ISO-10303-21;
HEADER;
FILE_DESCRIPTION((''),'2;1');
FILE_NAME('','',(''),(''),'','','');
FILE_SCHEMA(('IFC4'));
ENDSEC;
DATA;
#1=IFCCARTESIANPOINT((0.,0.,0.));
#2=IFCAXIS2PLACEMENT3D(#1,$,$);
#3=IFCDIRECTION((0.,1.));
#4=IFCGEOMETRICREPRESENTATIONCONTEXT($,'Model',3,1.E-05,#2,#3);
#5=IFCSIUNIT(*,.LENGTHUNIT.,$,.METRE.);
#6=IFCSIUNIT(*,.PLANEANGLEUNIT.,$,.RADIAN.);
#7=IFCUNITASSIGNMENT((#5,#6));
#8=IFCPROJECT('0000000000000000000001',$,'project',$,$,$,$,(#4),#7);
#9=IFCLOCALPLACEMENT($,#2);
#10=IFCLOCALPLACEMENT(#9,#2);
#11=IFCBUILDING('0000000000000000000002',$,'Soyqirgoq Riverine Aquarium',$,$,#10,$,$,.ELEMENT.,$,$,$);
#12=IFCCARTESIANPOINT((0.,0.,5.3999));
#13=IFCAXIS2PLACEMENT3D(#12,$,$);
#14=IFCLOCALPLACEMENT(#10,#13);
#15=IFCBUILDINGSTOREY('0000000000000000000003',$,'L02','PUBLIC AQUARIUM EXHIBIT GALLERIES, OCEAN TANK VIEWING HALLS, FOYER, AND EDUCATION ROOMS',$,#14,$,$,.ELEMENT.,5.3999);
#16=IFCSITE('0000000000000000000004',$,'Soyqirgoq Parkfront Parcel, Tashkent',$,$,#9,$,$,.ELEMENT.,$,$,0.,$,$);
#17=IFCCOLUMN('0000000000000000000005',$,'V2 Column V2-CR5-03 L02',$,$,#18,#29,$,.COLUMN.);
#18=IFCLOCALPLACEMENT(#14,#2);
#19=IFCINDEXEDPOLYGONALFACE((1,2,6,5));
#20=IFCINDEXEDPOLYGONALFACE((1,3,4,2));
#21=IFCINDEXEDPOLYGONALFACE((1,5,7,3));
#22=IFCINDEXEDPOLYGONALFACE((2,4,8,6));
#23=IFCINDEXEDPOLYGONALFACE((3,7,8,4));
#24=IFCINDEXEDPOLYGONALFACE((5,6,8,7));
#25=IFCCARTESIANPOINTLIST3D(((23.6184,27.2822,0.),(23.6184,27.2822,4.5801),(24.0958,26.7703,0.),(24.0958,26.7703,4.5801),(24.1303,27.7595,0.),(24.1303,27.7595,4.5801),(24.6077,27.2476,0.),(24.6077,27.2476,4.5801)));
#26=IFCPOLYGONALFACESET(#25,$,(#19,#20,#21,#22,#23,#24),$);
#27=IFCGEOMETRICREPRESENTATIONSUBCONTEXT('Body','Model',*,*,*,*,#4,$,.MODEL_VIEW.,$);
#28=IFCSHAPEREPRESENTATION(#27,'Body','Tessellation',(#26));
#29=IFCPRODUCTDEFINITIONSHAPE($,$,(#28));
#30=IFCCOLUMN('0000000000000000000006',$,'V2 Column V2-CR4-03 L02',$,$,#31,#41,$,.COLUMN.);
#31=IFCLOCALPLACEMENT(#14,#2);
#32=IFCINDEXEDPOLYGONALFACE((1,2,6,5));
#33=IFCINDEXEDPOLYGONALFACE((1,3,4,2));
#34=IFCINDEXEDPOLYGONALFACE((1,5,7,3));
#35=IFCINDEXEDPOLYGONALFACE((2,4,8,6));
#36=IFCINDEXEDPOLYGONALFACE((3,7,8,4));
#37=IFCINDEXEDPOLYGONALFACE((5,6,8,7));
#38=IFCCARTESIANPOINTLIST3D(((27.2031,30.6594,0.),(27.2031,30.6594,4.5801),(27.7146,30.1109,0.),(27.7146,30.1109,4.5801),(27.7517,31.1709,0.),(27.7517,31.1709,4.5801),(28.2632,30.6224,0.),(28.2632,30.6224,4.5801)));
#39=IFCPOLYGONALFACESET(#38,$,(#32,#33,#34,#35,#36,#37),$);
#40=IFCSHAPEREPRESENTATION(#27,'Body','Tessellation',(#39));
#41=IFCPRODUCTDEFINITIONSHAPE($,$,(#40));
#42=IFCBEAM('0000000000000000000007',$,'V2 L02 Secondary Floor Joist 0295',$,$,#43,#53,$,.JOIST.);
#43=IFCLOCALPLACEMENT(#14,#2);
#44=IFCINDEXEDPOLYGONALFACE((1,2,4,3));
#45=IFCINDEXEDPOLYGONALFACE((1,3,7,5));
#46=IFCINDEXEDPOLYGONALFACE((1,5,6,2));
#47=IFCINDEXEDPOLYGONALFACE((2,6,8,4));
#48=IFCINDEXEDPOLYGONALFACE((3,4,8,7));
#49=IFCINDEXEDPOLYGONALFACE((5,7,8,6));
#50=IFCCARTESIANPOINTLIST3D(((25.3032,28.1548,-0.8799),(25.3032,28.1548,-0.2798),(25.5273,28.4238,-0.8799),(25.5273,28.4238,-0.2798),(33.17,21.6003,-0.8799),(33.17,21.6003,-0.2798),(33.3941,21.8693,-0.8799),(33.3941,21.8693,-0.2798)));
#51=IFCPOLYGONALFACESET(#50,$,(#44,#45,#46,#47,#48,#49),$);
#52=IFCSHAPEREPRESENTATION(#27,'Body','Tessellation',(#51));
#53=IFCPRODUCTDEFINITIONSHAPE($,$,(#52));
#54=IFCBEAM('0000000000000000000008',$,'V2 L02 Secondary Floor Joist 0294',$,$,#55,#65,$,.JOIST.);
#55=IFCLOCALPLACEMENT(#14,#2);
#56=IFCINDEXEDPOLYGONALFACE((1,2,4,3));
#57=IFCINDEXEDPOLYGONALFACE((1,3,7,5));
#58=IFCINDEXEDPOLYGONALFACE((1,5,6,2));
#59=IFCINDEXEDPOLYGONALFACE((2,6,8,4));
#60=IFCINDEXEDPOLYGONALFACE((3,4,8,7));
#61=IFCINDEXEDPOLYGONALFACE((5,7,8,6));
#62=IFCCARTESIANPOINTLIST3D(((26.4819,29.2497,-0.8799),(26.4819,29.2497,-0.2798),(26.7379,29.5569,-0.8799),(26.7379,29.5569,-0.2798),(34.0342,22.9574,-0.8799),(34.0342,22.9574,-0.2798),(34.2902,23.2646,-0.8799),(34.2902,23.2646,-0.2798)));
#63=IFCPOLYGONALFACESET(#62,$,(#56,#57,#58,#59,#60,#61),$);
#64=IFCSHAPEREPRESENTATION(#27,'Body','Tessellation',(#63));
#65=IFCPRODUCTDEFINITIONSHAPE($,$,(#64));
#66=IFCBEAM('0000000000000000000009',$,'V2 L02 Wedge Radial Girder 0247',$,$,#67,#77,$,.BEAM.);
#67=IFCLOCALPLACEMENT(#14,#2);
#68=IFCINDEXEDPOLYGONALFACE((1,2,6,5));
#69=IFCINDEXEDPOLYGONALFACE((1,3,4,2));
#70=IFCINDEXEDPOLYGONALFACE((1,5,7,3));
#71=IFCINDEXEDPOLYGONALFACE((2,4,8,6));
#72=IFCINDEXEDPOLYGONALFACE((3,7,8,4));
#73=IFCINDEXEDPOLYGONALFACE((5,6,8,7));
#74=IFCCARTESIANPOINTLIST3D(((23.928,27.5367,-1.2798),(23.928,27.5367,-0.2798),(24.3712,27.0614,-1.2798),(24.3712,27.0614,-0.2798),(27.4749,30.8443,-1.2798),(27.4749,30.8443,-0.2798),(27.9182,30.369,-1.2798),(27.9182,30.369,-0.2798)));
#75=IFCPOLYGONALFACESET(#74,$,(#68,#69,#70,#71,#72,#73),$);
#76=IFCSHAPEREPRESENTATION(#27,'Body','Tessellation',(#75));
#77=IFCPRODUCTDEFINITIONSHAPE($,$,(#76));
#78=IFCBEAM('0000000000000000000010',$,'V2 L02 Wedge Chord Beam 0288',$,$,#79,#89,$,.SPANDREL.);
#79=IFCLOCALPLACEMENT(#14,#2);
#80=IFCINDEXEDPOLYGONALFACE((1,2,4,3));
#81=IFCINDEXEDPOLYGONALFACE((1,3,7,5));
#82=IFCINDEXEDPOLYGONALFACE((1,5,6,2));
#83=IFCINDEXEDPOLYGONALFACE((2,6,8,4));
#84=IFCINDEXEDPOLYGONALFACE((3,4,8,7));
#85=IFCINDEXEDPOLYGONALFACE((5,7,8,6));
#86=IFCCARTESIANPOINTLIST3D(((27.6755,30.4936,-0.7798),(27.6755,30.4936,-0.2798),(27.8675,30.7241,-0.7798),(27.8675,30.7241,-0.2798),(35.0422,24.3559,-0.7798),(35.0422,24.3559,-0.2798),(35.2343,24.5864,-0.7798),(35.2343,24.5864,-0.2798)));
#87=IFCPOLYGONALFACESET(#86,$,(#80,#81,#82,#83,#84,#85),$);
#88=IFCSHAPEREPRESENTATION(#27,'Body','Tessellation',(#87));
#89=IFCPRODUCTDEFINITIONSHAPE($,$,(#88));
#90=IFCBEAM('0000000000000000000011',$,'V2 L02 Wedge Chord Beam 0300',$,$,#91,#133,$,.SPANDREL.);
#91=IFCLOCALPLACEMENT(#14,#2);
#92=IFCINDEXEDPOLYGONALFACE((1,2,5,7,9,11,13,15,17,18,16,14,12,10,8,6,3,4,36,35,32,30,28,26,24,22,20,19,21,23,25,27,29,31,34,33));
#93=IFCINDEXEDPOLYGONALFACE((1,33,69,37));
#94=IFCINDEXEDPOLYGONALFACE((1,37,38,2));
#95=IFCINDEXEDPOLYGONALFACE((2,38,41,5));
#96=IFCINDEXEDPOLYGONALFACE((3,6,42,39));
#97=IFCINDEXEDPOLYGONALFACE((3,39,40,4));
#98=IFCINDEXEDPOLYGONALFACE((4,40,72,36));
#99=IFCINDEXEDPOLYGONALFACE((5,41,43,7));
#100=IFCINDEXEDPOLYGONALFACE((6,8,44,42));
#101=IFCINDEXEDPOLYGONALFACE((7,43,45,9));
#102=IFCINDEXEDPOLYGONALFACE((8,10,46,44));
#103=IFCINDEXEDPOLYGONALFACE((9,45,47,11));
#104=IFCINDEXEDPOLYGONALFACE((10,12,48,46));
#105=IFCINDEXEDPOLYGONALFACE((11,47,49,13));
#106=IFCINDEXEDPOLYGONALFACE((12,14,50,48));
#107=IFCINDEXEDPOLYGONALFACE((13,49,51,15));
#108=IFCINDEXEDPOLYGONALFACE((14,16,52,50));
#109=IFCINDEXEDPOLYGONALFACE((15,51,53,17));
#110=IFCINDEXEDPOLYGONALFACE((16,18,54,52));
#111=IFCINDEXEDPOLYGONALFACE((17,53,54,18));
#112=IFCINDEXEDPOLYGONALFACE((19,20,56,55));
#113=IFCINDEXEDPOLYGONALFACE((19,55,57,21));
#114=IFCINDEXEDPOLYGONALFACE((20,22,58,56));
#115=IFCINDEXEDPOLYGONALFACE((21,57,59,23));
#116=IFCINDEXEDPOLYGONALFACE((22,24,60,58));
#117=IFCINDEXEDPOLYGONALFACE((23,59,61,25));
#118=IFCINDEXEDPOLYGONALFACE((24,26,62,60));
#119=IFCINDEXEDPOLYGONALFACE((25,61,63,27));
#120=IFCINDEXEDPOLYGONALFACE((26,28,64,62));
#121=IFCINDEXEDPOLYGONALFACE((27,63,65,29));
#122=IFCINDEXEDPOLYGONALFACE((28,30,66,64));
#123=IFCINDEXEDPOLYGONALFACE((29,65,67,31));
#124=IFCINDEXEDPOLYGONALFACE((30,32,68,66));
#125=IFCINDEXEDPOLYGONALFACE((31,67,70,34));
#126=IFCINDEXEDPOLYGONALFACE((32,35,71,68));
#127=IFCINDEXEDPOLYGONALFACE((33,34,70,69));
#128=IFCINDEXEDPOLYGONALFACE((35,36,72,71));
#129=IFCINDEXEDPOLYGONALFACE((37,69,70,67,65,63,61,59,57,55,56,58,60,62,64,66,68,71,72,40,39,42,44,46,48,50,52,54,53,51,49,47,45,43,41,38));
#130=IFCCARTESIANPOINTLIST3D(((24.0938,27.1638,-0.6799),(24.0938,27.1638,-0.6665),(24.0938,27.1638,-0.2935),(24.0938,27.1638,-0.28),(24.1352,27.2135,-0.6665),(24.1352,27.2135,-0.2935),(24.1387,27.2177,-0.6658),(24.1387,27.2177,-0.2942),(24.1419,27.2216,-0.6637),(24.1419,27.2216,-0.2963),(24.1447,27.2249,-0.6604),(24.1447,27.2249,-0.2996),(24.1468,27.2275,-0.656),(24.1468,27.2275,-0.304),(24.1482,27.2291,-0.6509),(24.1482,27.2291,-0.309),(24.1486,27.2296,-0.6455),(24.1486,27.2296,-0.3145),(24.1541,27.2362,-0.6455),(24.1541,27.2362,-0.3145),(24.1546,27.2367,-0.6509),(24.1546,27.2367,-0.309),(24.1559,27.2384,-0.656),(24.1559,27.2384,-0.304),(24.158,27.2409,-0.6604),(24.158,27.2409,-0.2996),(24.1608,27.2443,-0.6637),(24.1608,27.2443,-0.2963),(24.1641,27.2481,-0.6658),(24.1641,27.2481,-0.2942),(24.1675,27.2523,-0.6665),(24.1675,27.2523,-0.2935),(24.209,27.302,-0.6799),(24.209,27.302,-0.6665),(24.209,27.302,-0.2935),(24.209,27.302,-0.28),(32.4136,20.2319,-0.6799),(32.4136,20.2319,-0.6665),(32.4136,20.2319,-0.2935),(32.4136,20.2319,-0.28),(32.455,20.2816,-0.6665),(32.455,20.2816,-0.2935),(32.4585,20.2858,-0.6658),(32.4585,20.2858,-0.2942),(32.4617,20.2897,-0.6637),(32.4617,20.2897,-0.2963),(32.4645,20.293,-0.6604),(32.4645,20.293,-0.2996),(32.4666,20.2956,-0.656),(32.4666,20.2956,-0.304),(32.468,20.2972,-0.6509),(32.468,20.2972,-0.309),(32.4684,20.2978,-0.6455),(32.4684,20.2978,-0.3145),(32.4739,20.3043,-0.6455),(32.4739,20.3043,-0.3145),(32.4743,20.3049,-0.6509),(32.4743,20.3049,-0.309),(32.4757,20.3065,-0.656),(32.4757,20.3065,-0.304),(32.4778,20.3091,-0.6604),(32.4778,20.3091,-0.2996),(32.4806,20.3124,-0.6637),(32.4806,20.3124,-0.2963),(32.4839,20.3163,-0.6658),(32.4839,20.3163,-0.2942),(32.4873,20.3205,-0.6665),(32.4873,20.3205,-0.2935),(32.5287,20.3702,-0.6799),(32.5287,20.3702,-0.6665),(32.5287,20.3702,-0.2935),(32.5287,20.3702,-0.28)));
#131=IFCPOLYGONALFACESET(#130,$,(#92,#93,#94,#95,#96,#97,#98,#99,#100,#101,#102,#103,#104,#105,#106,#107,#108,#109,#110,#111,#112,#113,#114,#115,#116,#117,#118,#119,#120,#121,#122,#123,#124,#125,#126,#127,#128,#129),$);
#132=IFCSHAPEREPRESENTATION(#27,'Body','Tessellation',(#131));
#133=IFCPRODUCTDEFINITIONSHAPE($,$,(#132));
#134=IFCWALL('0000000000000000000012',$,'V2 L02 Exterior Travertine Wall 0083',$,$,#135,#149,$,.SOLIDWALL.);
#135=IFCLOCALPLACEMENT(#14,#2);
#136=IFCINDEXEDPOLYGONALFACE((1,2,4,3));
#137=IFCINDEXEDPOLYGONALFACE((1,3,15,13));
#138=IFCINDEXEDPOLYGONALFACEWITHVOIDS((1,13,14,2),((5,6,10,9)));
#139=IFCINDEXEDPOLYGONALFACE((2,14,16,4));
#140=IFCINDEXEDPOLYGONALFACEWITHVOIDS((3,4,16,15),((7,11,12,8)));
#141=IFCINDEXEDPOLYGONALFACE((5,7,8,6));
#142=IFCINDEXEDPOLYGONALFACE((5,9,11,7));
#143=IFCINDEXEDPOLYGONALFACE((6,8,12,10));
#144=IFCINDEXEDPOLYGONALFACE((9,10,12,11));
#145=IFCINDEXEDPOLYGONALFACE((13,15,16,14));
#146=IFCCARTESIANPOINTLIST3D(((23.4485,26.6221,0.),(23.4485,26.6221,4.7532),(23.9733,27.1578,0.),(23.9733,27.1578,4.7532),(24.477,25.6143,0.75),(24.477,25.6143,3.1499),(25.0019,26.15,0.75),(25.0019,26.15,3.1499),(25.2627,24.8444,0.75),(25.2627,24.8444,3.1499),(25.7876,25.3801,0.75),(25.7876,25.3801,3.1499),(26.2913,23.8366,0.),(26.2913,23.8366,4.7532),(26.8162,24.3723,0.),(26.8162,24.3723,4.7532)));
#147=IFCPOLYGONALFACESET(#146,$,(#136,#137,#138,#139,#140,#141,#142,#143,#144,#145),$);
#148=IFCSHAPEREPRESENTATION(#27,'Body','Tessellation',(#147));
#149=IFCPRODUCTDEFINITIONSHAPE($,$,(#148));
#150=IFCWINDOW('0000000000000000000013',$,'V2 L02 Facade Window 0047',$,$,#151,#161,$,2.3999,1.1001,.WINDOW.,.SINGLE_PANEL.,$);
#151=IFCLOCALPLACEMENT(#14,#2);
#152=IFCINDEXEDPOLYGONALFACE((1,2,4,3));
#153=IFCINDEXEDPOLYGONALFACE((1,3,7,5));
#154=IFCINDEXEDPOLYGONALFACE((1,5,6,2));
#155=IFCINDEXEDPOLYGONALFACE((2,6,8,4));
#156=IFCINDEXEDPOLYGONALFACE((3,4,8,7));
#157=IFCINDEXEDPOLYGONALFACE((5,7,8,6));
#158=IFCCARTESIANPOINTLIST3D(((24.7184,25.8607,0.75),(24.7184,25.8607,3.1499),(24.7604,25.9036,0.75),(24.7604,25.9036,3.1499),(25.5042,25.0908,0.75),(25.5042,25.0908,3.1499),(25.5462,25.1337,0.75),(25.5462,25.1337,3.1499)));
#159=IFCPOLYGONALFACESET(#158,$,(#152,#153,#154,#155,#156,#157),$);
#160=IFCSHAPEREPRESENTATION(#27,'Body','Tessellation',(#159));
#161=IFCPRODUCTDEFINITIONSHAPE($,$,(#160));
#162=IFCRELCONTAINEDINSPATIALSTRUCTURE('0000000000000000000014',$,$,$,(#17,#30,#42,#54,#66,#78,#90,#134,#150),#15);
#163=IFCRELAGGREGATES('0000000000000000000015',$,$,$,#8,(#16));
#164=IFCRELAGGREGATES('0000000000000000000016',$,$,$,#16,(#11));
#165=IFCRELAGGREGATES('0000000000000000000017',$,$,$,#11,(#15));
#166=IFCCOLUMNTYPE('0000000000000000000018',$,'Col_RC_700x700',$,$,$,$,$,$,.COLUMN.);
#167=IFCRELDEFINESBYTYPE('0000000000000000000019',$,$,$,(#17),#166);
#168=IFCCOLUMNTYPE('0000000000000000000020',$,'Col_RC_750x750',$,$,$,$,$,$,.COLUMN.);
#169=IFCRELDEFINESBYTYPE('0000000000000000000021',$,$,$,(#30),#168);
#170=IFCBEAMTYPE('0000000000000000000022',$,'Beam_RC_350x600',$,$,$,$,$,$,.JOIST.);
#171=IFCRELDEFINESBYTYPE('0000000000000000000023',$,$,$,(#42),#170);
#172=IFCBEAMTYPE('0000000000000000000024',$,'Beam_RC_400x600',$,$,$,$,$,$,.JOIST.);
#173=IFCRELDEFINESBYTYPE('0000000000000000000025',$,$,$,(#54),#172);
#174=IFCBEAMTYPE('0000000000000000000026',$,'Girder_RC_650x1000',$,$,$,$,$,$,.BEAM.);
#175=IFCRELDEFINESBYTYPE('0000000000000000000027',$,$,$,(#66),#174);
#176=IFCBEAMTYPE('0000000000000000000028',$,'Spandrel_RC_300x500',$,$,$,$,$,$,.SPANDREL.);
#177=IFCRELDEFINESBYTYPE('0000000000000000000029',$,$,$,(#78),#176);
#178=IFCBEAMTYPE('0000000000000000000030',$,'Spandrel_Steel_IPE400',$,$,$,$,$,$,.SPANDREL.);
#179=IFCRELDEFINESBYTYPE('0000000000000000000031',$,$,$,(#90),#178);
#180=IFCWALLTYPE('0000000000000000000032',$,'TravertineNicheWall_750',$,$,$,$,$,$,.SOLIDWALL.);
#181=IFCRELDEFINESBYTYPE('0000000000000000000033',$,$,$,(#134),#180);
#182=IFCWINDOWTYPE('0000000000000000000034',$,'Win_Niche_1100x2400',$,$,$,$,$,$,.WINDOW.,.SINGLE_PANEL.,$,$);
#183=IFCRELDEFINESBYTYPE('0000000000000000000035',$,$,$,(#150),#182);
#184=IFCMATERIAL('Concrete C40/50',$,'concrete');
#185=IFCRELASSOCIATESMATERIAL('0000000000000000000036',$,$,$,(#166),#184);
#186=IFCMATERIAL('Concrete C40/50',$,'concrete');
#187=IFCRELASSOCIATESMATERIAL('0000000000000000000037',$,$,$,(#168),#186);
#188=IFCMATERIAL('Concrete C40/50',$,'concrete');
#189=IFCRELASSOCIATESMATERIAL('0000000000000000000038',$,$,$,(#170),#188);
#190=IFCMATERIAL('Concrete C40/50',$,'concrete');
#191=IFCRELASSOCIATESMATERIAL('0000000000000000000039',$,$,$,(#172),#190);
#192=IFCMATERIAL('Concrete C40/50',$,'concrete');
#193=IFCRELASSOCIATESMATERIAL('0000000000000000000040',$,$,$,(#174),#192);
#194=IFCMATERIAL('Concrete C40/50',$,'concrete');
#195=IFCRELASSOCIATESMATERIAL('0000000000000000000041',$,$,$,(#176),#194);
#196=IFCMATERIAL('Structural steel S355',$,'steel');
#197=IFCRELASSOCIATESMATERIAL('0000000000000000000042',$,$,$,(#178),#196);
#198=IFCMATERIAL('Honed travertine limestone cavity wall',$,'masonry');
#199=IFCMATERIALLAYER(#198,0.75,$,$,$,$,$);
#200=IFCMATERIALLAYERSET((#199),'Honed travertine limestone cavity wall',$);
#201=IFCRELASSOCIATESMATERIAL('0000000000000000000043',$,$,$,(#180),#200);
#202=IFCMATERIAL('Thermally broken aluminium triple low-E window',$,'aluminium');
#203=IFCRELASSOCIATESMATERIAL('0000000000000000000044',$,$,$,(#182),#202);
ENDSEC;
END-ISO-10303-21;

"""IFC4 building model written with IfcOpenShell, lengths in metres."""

from ifc_helpers import new_model, si_unit, direction, frame, frame_2d, origin, origin_2d, place, context, subcontext, project, spatial, rectangle, i_section, extrude, material, layer, layer_set, material_profile, profile_set, type_object, element, fill, save


model = new_model("IFC4")

# Units and contexts
model_context = context("Model", 3, precision=1e-05, world=origin(), true_north=direction((0.0, 1.0)))
body_context = subcontext(model_context, "Body", "Model", "MODEL_VIEW")
ifc_project = project(units=[si_unit("LENGTHUNIT", "METRE"), si_unit("PLANEANGLEUNIT", "RADIAN")], contexts=[model_context])

# Site, building, storey
site_placement = place(None, origin())
site = spatial("IfcSite", under=ifc_project, at=site_placement, Name="Soyqirgoq Parkfront Parcel, Tashkent", CompositionType="ELEMENT", RefElevation=0.0)
building_placement = place(site_placement, origin())
building = spatial("IfcBuilding", under=site, at=building_placement, Name="Soyqirgoq Riverine Aquarium", CompositionType="ELEMENT")
storey_placement = place(building_placement, frame((0.0, 0.0, 5.3999)))
storey = spatial("IfcBuildingStorey", under=building, at=storey_placement, Name="L02", Description="PUBLIC AQUARIUM EXHIBIT GALLERIES, OCEAN TANK VIEWING HALLS, FOYER, AND EDUCATION ROOMS", CompositionType="ELEMENT", Elevation=5.3999)

# Columns
ifc_material_1 = material(Name="Concrete C40/50", Category="concrete")
ifc_material_profile_1 = material_profile(ifc_material_1, rectangle(XDim=0.7, YDim=0.7, at=origin_2d()), Name="RC 700x700")
ifc_profile_set_1 = profile_set([ifc_material_profile_1], Name="Concrete C40/50")
column_type_1 = type_object("IfcColumnType", Name="Col_RC_700x700", PredefinedType="COLUMN", material=ifc_profile_set_1)
column_1_placement = place(storey_placement, frame((24.113, 27.2649, 0.0), z_axis=(0.0, 0.0, 1.0), x_axis=(-0.731354, -0.681998, 0.0)))
element("IfcColumn", 1, at=column_1_placement, inside=storey, type_object=column_type_1, Name="V2 Column V2-CR5-03 L02", PredefinedType="COLUMN", context=body_context, shape_type="SweptSolid", body=[
    extrude(rectangle(XDim=0.7, YDim=0.7, at=origin_2d()), origin(), (0.0, 0.0, 1.0), 4.5801),
])
ifc_material_2 = material(Name="Concrete C40/50", Category="concrete")
ifc_material_profile_2 = material_profile(ifc_material_2, rectangle(XDim=0.75, YDim=0.75, at=origin_2d()), Name="RC 750x750")
ifc_profile_set_2 = profile_set([ifc_material_profile_2], Name="Concrete C40/50")
column_type_2 = type_object("IfcColumnType", Name="Col_RC_750x750", PredefinedType="COLUMN", material=ifc_profile_set_2)
column_2_placement = place(storey_placement, frame((27.7332, 30.6409, 0.0), z_axis=(0.0, 0.0, 1.0), x_axis=(-0.731354, -0.681998, 0.0)))
element("IfcColumn", 2, at=column_2_placement, inside=storey, type_object=column_type_2, Name="V2 Column V2-CR4-03 L02", PredefinedType="COLUMN", context=body_context, shape_type="SweptSolid", body=[
    extrude(rectangle(XDim=0.75, YDim=0.75, at=origin_2d()), origin(), (0.0, 0.0, 1.0), 4.5801),
])

# Beams
ifc_material_3 = material(Name="Concrete C40/50", Category="concrete")
ifc_material_profile_3 = material_profile(ifc_material_3, rectangle(XDim=0.3501, YDim=0.6001, at=origin_2d()), Name="RC 350x600")
ifc_profile_set_3 = profile_set([ifc_material_profile_3], Name="Concrete C40/50")
beam_type_1 = type_object("IfcBeamType", Name="Beam_RC_350x600", PredefinedType="JOIST", material=ifc_profile_set_3)
beam_1_placement = place(storey_placement, frame((25.4153, 28.2893, -0.5798), z_axis=(0.768276, -0.640119, 0.0), x_axis=(0.640119, 0.768276, 0.0)))
element("IfcBeam", 3, at=beam_1_placement, inside=storey, type_object=beam_type_1, Name="V2 L02 Secondary Floor Joist 0295", PredefinedType="JOIST", context=body_context, shape_type="SweptSolid", body=[
    extrude(rectangle(XDim=0.3501, YDim=0.6001, at=origin_2d()), origin(), (0.0, 0.0, 1.0), 10.2395),
])
ifc_material_4 = material(Name="Concrete C40/50", Category="concrete")
ifc_material_profile_4 = material_profile(ifc_material_4, rectangle(XDim=0.3999, YDim=0.6001, at=origin_2d()), Name="RC 400x600")
ifc_profile_set_4 = profile_set([ifc_material_profile_4], Name="Concrete C40/50")
beam_type_2 = type_object("IfcBeamType", Name="Beam_RC_400x600", PredefinedType="JOIST", material=ifc_profile_set_4)
beam_2_placement = place(storey_placement, frame((26.6099, 29.4033, -0.5798), z_axis=(0.768286, -0.640106, 0.0), x_axis=(0.640106, 0.768286, 0.0)))
element("IfcBeam", 4, at=beam_2_placement, inside=storey, type_object=beam_type_2, Name="V2 L02 Secondary Floor Joist 0294", PredefinedType="JOIST", context=body_context, shape_type="SweptSolid", body=[
    extrude(rectangle(XDim=0.3999, YDim=0.6001, at=origin_2d()), origin(), (0.0, 0.0, 1.0), 9.8301),
])
ifc_material_5 = material(Name="Concrete C40/50", Category="concrete")
ifc_material_profile_5 = material_profile(ifc_material_5, rectangle(XDim=0.6499, YDim=1.0, at=origin_2d()), Name="RC 650x1000")
ifc_profile_set_5 = profile_set([ifc_material_profile_5], Name="Concrete C40/50")
beam_type_3 = type_object("IfcBeamType", Name="Girder_RC_650x1000", PredefinedType="BEAM", material=ifc_profile_set_5)
beam_3_placement = place(storey_placement, frame((27.6965, 30.6067, -0.7798), z_axis=(-0.731343, -0.68201, 0.0), x_axis=(0.68201, -0.731343, 0.0)))
element("IfcBeam", 5, at=beam_3_placement, inside=storey, type_object=beam_type_3, Name="V2 L02 Wedge Radial Girder 0247", PredefinedType="BEAM", context=body_context, shape_type="SweptSolid", body=[
    extrude(rectangle(XDim=0.6499, YDim=1.0, at=origin_2d()), origin(), (0.0, 0.0, 1.0), 4.8499),
])
ifc_material_6 = material(Name="Concrete C40/50", Category="concrete")
ifc_material_profile_6 = material_profile(ifc_material_6, rectangle(XDim=0.3, YDim=0.5, at=origin_2d()), Name="RC 300x500")
ifc_profile_set_6 = profile_set([ifc_material_profile_6], Name="Concrete C40/50")
beam_type_4 = type_object("IfcBeamType", Name="Spandrel_RC_300x500", PredefinedType="SPANDREL", material=ifc_profile_set_6)
beam_4_placement = place(storey_placement, frame((27.7715, 30.6089, -0.5298), z_axis=(0.768284, -0.640109, 0.0), x_axis=(0.640109, 0.768284, 0.0)))
element("IfcBeam", 6, at=beam_4_placement, inside=storey, type_object=beam_type_4, Name="V2 L02 Wedge Chord Beam 0288", PredefinedType="SPANDREL", context=body_context, shape_type="SweptSolid", body=[
    extrude(rectangle(XDim=0.3, YDim=0.5, at=origin_2d()), origin(), (0.0, 0.0, 1.0), 9.5886),
])
ifc_material_7 = material(Name="Structural steel S355", Category="steel")
ifc_material_profile_7 = material_profile(ifc_material_7, i_section(OverallWidth=0.1799, OverallDepth=0.3999, WebThickness=0.0085, FlangeThickness=0.0134, FilletRadius=0.021, at=origin_2d()), Name="IPE 400")
ifc_profile_set_7 = profile_set([ifc_material_profile_7], Name="Structural steel S355")
beam_type_5 = type_object("IfcBeamType", Name="Spandrel_Steel_IPE400", PredefinedType="SPANDREL", material=ifc_profile_set_7)
beam_5_placement = place(storey_placement, frame((24.1514, 27.2329, -0.48), z_axis=(0.76828, -0.640113, 0.0), x_axis=(0.640113, 0.76828, 0.0)))
element("IfcBeam", 7, at=beam_5_placement, inside=storey, type_object=beam_type_5, Name="V2 L02 Wedge Chord Beam 0300", PredefinedType="SPANDREL", context=body_context, shape_type="SweptSolid", body=[
    extrude(i_section(OverallWidth=0.1799, OverallDepth=0.3999, WebThickness=0.0085, FlangeThickness=0.0134, FilletRadius=0.021, at=origin_2d()), origin(), (0.0, 0.0, 1.0), 10.8291),
])

# Wall, opening, window
ifc_material_8 = material(Name="Honed travertine limestone cavity wall", Category="masonry")
ifc_layer_1 = layer(ifc_material_8, 0.75)
ifc_layer_set_1 = layer_set([ifc_layer_1], Name="Honed travertine limestone cavity wall")
wall_type = type_object("IfcWallType", Name="TravertineNicheWall_750", PredefinedType="SOLIDWALL", material=ifc_layer_set_1)
wall_1_placement = place(storey_placement, frame((26.5537, 24.1045, 0.0), z_axis=(0.0, 0.0, 1.0), x_axis=(-0.714278, 0.699862, 0.0)))
wall_1 = element("IfcWall", 8, at=wall_1_placement, inside=storey, type_object=wall_type, Name="V2 L02 Exterior Travertine Wall 0083", PredefinedType="SOLIDWALL", context=body_context, shape_type="SweptSolid", body=[
    extrude(rectangle(XDim=3.98, YDim=0.75, at=frame_2d((1.99, 0.0))), origin(), (0.0, 0.0, 1.0), 4.7532),
])
opening_1_placement = place(wall_1_placement, frame((1.4399, 0.0, 0.75)))
opening_1 = element("IfcOpeningElement", 9, at=opening_1_placement, cuts=wall_1, PredefinedType="OPENING", context=body_context, shape_type="SweptSolid", body=[
    extrude(rectangle(XDim=1.1001, YDim=2.3999, at=frame_2d((0.55, 1.2))), frame((0.0, 0.385, 0.0), z_axis=(0.0, -1.0, 0.0), x_axis=(1.0, 0.0, 0.0)), (0.0, 0.0, 1.0), 0.77),
])
ifc_material_9 = material(Name="Thermally broken aluminium triple low-E window", Category="aluminium")
window_type_1 = type_object("IfcWindowType", Name="Win_Niche_1100x2400", PartitioningType="SINGLE_PANEL", PredefinedType="WINDOW", material=ifc_material_9)
window_1_placement = place(opening_1_placement, origin())
window_1 = element("IfcWindow", 10, at=window_1_placement, inside=storey, type_object=window_type_1, Name="V2 L02 Facade Window 0047", OverallHeight=2.3999, OverallWidth=1.1001, PartitioningType="SINGLE_PANEL", PredefinedType="WINDOW", context=body_context, shape_type="SweptSolid", body=[
    extrude(rectangle(XDim=1.1001, YDim=2.3999, at=frame_2d((0.55, 1.2))), frame((0.0, 0.03, 0.0), z_axis=(0.0, -1.0, 0.0), x_axis=(1.0, 0.0, 0.0)), (0.0, 0.0, 1.0), 0.0601),
])
fill(opening_1, window_1)

save(model, "model.ifc")
